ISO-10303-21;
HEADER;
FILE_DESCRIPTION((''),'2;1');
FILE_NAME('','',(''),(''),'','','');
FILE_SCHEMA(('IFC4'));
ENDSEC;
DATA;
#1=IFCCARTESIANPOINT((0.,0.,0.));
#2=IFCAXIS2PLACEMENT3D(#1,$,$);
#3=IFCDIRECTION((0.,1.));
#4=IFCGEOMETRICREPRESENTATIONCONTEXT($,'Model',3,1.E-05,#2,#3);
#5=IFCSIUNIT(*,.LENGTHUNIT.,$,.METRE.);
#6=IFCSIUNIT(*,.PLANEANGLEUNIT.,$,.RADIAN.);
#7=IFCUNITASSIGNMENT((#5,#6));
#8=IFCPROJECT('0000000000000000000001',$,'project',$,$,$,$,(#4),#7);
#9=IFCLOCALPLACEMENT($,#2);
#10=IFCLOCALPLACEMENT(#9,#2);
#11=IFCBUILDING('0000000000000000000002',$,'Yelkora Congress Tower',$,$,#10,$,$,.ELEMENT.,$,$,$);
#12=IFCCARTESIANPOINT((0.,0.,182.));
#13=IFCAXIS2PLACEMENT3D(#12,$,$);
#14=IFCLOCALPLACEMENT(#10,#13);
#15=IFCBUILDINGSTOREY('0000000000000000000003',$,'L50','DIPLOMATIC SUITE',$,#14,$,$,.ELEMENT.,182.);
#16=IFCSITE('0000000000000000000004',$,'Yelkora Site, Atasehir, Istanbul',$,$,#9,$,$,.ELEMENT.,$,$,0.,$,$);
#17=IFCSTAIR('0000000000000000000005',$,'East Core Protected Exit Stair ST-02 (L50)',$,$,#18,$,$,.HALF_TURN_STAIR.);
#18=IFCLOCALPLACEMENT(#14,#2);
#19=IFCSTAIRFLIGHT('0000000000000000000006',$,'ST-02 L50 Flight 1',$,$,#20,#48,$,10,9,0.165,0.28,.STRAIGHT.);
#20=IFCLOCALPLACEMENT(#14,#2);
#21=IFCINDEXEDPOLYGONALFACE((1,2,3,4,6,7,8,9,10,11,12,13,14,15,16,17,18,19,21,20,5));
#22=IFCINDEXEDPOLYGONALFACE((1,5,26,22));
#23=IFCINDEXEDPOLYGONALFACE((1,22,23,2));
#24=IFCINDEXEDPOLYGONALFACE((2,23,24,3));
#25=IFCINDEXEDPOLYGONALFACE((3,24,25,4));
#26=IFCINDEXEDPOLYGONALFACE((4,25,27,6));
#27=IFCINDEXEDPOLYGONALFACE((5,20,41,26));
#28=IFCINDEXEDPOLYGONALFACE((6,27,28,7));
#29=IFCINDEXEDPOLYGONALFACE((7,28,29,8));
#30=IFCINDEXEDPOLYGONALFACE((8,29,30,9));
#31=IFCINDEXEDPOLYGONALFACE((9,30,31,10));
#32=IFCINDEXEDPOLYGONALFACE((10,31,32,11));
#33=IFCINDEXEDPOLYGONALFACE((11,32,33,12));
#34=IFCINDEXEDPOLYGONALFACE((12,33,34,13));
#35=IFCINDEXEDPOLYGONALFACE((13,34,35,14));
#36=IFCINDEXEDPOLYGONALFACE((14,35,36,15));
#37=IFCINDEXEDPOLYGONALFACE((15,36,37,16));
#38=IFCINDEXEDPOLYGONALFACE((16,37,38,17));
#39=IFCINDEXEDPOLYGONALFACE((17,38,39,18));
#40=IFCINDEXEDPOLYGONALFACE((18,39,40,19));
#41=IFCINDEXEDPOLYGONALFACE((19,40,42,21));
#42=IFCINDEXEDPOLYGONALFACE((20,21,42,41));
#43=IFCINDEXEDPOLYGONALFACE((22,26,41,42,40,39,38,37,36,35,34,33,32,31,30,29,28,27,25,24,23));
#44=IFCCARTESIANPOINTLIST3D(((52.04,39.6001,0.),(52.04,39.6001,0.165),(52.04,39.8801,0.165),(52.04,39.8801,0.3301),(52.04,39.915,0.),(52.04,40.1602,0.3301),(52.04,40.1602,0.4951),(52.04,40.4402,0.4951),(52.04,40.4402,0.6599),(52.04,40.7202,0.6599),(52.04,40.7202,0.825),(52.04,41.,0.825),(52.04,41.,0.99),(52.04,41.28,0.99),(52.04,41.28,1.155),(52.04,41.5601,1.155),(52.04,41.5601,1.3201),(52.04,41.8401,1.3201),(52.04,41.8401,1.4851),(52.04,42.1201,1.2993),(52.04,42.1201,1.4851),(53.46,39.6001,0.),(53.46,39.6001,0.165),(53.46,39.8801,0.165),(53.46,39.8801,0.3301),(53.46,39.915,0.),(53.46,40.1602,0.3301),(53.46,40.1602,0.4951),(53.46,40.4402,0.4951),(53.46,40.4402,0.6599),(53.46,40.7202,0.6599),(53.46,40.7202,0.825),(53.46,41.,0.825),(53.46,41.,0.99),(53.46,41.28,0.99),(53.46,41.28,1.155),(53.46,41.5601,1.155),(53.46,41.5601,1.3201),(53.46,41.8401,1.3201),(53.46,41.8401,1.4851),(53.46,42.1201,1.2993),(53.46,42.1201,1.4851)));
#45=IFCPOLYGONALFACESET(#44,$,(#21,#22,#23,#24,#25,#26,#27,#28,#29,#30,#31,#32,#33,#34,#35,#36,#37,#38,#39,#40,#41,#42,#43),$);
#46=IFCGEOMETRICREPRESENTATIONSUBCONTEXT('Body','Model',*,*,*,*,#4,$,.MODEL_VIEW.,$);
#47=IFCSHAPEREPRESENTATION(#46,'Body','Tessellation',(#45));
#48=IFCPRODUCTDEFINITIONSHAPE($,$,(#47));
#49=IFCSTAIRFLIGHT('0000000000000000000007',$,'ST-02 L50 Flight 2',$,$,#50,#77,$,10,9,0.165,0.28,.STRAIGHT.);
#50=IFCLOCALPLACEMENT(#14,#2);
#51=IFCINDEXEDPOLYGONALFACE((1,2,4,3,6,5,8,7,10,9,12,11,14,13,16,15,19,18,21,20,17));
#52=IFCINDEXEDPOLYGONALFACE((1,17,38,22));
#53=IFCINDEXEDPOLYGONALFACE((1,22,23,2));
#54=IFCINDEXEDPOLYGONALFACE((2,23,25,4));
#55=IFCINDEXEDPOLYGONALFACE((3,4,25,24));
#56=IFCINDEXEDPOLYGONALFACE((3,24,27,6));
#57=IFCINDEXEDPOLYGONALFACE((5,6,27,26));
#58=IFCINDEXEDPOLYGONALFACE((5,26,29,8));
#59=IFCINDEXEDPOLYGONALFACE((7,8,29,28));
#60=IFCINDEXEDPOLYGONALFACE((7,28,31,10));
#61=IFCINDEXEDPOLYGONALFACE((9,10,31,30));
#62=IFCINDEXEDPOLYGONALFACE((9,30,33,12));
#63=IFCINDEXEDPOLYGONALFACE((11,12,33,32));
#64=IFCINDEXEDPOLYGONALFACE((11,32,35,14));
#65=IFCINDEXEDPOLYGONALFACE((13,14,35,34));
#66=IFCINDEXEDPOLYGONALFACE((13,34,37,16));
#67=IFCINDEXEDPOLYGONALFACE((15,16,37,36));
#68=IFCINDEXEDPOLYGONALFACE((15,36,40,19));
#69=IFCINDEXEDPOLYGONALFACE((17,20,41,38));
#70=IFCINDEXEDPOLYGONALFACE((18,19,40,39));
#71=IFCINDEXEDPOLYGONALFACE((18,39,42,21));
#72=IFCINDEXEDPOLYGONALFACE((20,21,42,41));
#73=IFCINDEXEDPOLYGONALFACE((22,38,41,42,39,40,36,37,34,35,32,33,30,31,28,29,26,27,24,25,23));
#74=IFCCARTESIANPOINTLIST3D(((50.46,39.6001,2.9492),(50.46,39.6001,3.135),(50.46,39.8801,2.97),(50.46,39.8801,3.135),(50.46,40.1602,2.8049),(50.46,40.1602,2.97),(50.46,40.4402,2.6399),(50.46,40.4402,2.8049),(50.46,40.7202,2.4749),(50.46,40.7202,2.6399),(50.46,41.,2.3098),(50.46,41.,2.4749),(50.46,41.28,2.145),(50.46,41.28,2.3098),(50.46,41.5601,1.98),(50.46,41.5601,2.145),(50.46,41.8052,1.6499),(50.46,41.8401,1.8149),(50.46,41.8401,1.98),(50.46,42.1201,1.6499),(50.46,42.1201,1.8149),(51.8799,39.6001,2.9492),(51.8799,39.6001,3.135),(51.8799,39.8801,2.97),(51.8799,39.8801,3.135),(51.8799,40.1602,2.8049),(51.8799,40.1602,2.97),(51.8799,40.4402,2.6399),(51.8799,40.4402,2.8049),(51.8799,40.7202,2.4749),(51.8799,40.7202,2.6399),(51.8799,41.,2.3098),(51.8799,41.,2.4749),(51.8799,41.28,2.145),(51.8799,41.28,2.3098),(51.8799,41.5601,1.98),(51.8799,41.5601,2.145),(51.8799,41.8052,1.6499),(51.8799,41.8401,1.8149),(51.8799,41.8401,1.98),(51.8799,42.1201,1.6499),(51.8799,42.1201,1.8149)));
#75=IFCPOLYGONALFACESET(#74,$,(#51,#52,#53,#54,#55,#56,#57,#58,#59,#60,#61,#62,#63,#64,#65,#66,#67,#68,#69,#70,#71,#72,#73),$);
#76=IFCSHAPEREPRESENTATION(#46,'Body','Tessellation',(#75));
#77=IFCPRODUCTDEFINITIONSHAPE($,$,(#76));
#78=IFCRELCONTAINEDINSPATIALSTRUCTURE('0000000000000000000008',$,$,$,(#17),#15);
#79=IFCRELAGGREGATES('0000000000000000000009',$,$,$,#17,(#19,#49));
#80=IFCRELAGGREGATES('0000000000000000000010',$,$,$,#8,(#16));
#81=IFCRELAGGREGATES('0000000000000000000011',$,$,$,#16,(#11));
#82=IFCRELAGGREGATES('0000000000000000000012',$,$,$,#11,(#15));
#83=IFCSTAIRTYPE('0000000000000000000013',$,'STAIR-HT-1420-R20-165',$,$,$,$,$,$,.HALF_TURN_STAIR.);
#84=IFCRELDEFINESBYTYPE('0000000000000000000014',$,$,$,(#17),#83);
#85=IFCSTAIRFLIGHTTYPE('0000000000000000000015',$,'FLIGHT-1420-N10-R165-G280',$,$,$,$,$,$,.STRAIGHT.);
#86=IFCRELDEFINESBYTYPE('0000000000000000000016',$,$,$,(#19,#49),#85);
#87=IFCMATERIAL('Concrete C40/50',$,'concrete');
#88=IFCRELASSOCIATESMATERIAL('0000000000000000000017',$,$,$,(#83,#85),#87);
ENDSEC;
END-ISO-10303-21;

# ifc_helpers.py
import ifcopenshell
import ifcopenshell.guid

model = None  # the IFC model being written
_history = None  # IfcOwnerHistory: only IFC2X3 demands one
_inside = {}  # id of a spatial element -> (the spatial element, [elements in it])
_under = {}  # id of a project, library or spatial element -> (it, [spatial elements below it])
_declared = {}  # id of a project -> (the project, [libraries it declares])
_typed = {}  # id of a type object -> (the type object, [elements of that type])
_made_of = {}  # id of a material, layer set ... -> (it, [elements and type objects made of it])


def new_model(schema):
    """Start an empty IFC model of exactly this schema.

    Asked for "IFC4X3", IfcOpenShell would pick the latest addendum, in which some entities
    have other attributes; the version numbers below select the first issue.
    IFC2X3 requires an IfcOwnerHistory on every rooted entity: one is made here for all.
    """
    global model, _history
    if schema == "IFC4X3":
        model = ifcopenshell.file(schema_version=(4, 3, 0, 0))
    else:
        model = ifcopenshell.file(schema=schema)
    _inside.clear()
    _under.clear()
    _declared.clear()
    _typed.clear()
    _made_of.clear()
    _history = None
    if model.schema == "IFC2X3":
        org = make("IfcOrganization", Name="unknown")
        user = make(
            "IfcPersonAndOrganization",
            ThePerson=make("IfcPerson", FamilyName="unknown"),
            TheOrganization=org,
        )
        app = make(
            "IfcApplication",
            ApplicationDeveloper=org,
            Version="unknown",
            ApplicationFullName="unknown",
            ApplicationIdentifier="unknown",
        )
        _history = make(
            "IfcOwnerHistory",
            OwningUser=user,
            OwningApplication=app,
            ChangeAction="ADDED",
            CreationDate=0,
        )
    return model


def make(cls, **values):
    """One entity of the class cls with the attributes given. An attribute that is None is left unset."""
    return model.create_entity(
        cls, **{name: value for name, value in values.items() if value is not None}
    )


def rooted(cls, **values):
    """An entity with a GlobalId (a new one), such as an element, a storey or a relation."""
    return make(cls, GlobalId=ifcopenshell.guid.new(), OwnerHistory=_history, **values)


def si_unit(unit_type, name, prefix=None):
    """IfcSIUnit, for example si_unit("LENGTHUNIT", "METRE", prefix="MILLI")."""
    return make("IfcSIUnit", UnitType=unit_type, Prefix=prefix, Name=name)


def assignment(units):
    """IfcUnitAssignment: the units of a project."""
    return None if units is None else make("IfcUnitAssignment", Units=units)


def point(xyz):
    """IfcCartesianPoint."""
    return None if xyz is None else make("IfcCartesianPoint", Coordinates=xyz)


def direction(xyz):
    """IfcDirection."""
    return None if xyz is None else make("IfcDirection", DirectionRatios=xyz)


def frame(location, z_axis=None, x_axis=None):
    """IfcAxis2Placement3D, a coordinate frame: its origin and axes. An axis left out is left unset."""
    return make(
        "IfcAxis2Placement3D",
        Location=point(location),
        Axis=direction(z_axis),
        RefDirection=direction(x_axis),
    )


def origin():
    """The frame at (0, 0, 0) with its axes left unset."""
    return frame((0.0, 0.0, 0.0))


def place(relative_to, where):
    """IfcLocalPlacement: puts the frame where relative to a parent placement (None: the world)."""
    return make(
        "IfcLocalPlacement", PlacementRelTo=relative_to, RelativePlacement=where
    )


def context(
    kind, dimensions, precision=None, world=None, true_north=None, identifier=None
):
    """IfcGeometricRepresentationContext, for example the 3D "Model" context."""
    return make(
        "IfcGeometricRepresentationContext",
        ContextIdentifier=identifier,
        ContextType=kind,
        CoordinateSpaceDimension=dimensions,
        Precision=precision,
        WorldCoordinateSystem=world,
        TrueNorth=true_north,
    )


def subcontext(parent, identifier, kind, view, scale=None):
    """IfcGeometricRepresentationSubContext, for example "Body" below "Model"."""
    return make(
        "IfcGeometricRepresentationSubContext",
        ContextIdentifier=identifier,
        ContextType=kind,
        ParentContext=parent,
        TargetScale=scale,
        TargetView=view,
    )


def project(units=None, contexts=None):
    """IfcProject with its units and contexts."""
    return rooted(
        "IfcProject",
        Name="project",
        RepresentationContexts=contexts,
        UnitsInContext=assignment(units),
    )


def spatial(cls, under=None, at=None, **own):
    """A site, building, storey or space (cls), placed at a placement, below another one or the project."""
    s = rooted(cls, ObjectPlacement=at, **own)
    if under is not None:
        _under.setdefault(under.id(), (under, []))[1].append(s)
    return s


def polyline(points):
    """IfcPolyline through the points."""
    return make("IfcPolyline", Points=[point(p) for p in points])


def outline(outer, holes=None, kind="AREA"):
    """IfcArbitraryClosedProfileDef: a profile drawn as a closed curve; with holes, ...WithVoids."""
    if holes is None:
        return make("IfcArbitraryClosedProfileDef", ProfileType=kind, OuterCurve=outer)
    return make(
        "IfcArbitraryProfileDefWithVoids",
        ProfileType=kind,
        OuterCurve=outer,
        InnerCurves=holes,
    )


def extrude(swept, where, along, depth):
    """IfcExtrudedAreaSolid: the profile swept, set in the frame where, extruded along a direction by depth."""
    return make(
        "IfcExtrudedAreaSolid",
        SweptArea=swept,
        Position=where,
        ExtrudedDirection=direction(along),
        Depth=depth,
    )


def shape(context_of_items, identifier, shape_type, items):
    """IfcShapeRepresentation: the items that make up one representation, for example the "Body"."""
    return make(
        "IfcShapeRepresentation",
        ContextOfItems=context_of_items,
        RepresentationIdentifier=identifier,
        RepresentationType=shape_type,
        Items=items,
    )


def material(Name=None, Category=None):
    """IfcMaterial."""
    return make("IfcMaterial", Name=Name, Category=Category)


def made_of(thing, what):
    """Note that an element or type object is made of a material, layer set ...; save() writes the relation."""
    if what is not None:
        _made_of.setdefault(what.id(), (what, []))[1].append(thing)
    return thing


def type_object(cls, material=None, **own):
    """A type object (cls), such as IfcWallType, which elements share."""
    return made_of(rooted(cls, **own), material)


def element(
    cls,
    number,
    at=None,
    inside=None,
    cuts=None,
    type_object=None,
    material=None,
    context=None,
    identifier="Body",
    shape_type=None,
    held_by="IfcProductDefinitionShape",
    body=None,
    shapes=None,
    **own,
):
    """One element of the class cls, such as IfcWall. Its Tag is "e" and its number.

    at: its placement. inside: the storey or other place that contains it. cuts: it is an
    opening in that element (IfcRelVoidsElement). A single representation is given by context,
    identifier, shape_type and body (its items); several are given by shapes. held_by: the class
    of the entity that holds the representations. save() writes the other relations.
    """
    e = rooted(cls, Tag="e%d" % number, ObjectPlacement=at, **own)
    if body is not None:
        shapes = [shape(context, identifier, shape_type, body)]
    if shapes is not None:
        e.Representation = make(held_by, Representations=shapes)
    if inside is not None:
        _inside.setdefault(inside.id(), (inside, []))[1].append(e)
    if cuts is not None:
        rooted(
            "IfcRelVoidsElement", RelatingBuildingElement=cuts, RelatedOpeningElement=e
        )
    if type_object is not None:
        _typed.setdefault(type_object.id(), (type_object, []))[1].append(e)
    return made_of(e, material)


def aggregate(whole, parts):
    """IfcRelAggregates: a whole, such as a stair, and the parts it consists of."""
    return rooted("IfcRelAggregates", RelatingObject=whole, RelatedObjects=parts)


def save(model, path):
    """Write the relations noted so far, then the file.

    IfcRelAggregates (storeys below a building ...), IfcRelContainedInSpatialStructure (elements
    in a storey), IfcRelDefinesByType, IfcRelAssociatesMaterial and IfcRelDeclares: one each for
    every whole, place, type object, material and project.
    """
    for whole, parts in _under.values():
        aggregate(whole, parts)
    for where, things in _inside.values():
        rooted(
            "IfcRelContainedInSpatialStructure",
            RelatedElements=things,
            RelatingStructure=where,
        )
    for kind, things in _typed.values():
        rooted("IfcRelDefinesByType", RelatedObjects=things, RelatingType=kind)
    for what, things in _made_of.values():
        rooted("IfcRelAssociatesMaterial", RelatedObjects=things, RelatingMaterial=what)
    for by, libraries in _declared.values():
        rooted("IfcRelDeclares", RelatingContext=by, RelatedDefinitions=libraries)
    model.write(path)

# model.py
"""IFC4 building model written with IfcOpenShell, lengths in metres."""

from ifc_helpers import new_model, si_unit, direction, frame, origin, place, context, subcontext, project, spatial, polyline, outline, extrude, material, type_object, element, aggregate, save


model = new_model("IFC4")

# Units and contexts
model_context = context("Model", 3, precision=1e-05, world=origin(), true_north=direction((0.0, 1.0)))
body_context = subcontext(model_context, "Body", "Model", "MODEL_VIEW")
ifc_project = project(units=[si_unit("LENGTHUNIT", "METRE"), si_unit("PLANEANGLEUNIT", "RADIAN")], contexts=[model_context])

# Site, building, storey
site_placement = place(None, origin())
site = spatial("IfcSite", under=ifc_project, at=site_placement, Name="Yelkora Site, Atasehir, Istanbul", CompositionType="ELEMENT", RefElevation=0.0)
building_placement = place(site_placement, origin())
building = spatial("IfcBuilding", under=site, at=building_placement, Name="Yelkora Congress Tower", CompositionType="ELEMENT")
storey_placement = place(building_placement, frame((0.0, 0.0, 182.0)))
storey = spatial("IfcBuildingStorey", under=building, at=storey_placement, Name="L50", Description="DIPLOMATIC SUITE", CompositionType="ELEMENT", Elevation=182.0)

# Stair, stair flights
ifc_material_1 = material(Name="Concrete C40/50", Category="concrete")
stair_type = type_object("IfcStairType", Name="STAIR-HT-1420-R20-165", PredefinedType="HALF_TURN_STAIR", material=ifc_material_1)
stair_placement = place(storey_placement, origin())
stair = element("IfcStair", 1, at=stair_placement, inside=storey, type_object=stair_type, Name="East Core Protected Exit Stair ST-02 (L50)", PredefinedType="HALF_TURN_STAIR")
stair_flight_type = type_object("IfcStairFlightType", Name="FLIGHT-1420-N10-R165-G280", PredefinedType="STRAIGHT", material=ifc_material_1)
stair_flight_1_placement = place(storey_placement, frame((52.75, 39.6001, 0.0), z_axis=(0.0, 0.0, 1.0), x_axis=(0.0, 1.0, 0.0)))
stair_flight_1 = element("IfcStairFlight", 2, at=stair_flight_1_placement, type_object=stair_flight_type, Name="ST-02 L50 Flight 1", NumberOfRisers=10, NumberOfTreads=9, PredefinedType="STRAIGHT", RiserHeight=0.165, TreadLength=0.28, context=body_context, shape_type="SweptSolid", body=[
    extrude(outline(polyline([(0.0, 0.0), (0.0, 0.165), (0.28, 0.165), (0.28, 0.3301), (0.5601, 0.3301), (0.5601, 0.4951), (0.8401, 0.4951), (0.8401, 0.6599), (1.1201, 0.6599), (1.1201, 0.825), (1.3999, 0.825), (1.3999, 0.99), (1.6799, 0.99), (1.6799, 1.155), (1.96, 1.155), (1.96, 1.3201), (2.24, 1.3201), (2.24, 1.4851), (2.52, 1.4851), (2.52, 1.6499), (2.52, 1.2993), (0.3149, 0.0), (0.0, 0.0)])), frame((0.0, 0.71, 0.0), z_axis=(0.0, -1.0, 0.0), x_axis=(1.0, 0.0, 0.0)), (0.0, 0.0, 1.0), 1.4199),
])
stair_flight_2_placement = place(storey_placement, frame((51.1699, 42.1201, 1.6499), z_axis=(0.0, 0.0, 1.0), x_axis=(0.0, -1.0, 0.0)))
stair_flight_2 = element("IfcStairFlight", 3, at=stair_flight_2_placement, type_object=stair_flight_type, Name="ST-02 L50 Flight 2", NumberOfRisers=10, NumberOfTreads=9, PredefinedType="STRAIGHT", RiserHeight=0.165, TreadLength=0.28, context=body_context, shape_type="SweptSolid", body=[
    extrude(outline(polyline([(0.0, 0.0), (0.0, 0.165), (0.28, 0.165), (0.28, 0.3301), (0.5601, 0.3301), (0.5601, 0.4951), (0.8401, 0.4951), (0.8401, 0.6599), (1.1201, 0.6599), (1.1201, 0.825), (1.3999, 0.825), (1.3999, 0.99), (1.6799, 0.99), (1.6799, 1.155), (1.96, 1.155), (1.96, 1.3201), (2.24, 1.3201), (2.24, 1.4851), (2.52, 1.4851), (2.52, 1.6499), (2.52, 1.2993), (0.3149, 0.0), (0.0, 0.0)])), frame((0.0, 0.71, 0.0), z_axis=(0.0, -1.0, 0.0), x_axis=(1.0, 0.0, 0.0)), (0.0, 0.0, 1.0), 1.4199),
])
aggregate(stair, [stair_flight_1, stair_flight_2])

save(model, "model.ifc")
